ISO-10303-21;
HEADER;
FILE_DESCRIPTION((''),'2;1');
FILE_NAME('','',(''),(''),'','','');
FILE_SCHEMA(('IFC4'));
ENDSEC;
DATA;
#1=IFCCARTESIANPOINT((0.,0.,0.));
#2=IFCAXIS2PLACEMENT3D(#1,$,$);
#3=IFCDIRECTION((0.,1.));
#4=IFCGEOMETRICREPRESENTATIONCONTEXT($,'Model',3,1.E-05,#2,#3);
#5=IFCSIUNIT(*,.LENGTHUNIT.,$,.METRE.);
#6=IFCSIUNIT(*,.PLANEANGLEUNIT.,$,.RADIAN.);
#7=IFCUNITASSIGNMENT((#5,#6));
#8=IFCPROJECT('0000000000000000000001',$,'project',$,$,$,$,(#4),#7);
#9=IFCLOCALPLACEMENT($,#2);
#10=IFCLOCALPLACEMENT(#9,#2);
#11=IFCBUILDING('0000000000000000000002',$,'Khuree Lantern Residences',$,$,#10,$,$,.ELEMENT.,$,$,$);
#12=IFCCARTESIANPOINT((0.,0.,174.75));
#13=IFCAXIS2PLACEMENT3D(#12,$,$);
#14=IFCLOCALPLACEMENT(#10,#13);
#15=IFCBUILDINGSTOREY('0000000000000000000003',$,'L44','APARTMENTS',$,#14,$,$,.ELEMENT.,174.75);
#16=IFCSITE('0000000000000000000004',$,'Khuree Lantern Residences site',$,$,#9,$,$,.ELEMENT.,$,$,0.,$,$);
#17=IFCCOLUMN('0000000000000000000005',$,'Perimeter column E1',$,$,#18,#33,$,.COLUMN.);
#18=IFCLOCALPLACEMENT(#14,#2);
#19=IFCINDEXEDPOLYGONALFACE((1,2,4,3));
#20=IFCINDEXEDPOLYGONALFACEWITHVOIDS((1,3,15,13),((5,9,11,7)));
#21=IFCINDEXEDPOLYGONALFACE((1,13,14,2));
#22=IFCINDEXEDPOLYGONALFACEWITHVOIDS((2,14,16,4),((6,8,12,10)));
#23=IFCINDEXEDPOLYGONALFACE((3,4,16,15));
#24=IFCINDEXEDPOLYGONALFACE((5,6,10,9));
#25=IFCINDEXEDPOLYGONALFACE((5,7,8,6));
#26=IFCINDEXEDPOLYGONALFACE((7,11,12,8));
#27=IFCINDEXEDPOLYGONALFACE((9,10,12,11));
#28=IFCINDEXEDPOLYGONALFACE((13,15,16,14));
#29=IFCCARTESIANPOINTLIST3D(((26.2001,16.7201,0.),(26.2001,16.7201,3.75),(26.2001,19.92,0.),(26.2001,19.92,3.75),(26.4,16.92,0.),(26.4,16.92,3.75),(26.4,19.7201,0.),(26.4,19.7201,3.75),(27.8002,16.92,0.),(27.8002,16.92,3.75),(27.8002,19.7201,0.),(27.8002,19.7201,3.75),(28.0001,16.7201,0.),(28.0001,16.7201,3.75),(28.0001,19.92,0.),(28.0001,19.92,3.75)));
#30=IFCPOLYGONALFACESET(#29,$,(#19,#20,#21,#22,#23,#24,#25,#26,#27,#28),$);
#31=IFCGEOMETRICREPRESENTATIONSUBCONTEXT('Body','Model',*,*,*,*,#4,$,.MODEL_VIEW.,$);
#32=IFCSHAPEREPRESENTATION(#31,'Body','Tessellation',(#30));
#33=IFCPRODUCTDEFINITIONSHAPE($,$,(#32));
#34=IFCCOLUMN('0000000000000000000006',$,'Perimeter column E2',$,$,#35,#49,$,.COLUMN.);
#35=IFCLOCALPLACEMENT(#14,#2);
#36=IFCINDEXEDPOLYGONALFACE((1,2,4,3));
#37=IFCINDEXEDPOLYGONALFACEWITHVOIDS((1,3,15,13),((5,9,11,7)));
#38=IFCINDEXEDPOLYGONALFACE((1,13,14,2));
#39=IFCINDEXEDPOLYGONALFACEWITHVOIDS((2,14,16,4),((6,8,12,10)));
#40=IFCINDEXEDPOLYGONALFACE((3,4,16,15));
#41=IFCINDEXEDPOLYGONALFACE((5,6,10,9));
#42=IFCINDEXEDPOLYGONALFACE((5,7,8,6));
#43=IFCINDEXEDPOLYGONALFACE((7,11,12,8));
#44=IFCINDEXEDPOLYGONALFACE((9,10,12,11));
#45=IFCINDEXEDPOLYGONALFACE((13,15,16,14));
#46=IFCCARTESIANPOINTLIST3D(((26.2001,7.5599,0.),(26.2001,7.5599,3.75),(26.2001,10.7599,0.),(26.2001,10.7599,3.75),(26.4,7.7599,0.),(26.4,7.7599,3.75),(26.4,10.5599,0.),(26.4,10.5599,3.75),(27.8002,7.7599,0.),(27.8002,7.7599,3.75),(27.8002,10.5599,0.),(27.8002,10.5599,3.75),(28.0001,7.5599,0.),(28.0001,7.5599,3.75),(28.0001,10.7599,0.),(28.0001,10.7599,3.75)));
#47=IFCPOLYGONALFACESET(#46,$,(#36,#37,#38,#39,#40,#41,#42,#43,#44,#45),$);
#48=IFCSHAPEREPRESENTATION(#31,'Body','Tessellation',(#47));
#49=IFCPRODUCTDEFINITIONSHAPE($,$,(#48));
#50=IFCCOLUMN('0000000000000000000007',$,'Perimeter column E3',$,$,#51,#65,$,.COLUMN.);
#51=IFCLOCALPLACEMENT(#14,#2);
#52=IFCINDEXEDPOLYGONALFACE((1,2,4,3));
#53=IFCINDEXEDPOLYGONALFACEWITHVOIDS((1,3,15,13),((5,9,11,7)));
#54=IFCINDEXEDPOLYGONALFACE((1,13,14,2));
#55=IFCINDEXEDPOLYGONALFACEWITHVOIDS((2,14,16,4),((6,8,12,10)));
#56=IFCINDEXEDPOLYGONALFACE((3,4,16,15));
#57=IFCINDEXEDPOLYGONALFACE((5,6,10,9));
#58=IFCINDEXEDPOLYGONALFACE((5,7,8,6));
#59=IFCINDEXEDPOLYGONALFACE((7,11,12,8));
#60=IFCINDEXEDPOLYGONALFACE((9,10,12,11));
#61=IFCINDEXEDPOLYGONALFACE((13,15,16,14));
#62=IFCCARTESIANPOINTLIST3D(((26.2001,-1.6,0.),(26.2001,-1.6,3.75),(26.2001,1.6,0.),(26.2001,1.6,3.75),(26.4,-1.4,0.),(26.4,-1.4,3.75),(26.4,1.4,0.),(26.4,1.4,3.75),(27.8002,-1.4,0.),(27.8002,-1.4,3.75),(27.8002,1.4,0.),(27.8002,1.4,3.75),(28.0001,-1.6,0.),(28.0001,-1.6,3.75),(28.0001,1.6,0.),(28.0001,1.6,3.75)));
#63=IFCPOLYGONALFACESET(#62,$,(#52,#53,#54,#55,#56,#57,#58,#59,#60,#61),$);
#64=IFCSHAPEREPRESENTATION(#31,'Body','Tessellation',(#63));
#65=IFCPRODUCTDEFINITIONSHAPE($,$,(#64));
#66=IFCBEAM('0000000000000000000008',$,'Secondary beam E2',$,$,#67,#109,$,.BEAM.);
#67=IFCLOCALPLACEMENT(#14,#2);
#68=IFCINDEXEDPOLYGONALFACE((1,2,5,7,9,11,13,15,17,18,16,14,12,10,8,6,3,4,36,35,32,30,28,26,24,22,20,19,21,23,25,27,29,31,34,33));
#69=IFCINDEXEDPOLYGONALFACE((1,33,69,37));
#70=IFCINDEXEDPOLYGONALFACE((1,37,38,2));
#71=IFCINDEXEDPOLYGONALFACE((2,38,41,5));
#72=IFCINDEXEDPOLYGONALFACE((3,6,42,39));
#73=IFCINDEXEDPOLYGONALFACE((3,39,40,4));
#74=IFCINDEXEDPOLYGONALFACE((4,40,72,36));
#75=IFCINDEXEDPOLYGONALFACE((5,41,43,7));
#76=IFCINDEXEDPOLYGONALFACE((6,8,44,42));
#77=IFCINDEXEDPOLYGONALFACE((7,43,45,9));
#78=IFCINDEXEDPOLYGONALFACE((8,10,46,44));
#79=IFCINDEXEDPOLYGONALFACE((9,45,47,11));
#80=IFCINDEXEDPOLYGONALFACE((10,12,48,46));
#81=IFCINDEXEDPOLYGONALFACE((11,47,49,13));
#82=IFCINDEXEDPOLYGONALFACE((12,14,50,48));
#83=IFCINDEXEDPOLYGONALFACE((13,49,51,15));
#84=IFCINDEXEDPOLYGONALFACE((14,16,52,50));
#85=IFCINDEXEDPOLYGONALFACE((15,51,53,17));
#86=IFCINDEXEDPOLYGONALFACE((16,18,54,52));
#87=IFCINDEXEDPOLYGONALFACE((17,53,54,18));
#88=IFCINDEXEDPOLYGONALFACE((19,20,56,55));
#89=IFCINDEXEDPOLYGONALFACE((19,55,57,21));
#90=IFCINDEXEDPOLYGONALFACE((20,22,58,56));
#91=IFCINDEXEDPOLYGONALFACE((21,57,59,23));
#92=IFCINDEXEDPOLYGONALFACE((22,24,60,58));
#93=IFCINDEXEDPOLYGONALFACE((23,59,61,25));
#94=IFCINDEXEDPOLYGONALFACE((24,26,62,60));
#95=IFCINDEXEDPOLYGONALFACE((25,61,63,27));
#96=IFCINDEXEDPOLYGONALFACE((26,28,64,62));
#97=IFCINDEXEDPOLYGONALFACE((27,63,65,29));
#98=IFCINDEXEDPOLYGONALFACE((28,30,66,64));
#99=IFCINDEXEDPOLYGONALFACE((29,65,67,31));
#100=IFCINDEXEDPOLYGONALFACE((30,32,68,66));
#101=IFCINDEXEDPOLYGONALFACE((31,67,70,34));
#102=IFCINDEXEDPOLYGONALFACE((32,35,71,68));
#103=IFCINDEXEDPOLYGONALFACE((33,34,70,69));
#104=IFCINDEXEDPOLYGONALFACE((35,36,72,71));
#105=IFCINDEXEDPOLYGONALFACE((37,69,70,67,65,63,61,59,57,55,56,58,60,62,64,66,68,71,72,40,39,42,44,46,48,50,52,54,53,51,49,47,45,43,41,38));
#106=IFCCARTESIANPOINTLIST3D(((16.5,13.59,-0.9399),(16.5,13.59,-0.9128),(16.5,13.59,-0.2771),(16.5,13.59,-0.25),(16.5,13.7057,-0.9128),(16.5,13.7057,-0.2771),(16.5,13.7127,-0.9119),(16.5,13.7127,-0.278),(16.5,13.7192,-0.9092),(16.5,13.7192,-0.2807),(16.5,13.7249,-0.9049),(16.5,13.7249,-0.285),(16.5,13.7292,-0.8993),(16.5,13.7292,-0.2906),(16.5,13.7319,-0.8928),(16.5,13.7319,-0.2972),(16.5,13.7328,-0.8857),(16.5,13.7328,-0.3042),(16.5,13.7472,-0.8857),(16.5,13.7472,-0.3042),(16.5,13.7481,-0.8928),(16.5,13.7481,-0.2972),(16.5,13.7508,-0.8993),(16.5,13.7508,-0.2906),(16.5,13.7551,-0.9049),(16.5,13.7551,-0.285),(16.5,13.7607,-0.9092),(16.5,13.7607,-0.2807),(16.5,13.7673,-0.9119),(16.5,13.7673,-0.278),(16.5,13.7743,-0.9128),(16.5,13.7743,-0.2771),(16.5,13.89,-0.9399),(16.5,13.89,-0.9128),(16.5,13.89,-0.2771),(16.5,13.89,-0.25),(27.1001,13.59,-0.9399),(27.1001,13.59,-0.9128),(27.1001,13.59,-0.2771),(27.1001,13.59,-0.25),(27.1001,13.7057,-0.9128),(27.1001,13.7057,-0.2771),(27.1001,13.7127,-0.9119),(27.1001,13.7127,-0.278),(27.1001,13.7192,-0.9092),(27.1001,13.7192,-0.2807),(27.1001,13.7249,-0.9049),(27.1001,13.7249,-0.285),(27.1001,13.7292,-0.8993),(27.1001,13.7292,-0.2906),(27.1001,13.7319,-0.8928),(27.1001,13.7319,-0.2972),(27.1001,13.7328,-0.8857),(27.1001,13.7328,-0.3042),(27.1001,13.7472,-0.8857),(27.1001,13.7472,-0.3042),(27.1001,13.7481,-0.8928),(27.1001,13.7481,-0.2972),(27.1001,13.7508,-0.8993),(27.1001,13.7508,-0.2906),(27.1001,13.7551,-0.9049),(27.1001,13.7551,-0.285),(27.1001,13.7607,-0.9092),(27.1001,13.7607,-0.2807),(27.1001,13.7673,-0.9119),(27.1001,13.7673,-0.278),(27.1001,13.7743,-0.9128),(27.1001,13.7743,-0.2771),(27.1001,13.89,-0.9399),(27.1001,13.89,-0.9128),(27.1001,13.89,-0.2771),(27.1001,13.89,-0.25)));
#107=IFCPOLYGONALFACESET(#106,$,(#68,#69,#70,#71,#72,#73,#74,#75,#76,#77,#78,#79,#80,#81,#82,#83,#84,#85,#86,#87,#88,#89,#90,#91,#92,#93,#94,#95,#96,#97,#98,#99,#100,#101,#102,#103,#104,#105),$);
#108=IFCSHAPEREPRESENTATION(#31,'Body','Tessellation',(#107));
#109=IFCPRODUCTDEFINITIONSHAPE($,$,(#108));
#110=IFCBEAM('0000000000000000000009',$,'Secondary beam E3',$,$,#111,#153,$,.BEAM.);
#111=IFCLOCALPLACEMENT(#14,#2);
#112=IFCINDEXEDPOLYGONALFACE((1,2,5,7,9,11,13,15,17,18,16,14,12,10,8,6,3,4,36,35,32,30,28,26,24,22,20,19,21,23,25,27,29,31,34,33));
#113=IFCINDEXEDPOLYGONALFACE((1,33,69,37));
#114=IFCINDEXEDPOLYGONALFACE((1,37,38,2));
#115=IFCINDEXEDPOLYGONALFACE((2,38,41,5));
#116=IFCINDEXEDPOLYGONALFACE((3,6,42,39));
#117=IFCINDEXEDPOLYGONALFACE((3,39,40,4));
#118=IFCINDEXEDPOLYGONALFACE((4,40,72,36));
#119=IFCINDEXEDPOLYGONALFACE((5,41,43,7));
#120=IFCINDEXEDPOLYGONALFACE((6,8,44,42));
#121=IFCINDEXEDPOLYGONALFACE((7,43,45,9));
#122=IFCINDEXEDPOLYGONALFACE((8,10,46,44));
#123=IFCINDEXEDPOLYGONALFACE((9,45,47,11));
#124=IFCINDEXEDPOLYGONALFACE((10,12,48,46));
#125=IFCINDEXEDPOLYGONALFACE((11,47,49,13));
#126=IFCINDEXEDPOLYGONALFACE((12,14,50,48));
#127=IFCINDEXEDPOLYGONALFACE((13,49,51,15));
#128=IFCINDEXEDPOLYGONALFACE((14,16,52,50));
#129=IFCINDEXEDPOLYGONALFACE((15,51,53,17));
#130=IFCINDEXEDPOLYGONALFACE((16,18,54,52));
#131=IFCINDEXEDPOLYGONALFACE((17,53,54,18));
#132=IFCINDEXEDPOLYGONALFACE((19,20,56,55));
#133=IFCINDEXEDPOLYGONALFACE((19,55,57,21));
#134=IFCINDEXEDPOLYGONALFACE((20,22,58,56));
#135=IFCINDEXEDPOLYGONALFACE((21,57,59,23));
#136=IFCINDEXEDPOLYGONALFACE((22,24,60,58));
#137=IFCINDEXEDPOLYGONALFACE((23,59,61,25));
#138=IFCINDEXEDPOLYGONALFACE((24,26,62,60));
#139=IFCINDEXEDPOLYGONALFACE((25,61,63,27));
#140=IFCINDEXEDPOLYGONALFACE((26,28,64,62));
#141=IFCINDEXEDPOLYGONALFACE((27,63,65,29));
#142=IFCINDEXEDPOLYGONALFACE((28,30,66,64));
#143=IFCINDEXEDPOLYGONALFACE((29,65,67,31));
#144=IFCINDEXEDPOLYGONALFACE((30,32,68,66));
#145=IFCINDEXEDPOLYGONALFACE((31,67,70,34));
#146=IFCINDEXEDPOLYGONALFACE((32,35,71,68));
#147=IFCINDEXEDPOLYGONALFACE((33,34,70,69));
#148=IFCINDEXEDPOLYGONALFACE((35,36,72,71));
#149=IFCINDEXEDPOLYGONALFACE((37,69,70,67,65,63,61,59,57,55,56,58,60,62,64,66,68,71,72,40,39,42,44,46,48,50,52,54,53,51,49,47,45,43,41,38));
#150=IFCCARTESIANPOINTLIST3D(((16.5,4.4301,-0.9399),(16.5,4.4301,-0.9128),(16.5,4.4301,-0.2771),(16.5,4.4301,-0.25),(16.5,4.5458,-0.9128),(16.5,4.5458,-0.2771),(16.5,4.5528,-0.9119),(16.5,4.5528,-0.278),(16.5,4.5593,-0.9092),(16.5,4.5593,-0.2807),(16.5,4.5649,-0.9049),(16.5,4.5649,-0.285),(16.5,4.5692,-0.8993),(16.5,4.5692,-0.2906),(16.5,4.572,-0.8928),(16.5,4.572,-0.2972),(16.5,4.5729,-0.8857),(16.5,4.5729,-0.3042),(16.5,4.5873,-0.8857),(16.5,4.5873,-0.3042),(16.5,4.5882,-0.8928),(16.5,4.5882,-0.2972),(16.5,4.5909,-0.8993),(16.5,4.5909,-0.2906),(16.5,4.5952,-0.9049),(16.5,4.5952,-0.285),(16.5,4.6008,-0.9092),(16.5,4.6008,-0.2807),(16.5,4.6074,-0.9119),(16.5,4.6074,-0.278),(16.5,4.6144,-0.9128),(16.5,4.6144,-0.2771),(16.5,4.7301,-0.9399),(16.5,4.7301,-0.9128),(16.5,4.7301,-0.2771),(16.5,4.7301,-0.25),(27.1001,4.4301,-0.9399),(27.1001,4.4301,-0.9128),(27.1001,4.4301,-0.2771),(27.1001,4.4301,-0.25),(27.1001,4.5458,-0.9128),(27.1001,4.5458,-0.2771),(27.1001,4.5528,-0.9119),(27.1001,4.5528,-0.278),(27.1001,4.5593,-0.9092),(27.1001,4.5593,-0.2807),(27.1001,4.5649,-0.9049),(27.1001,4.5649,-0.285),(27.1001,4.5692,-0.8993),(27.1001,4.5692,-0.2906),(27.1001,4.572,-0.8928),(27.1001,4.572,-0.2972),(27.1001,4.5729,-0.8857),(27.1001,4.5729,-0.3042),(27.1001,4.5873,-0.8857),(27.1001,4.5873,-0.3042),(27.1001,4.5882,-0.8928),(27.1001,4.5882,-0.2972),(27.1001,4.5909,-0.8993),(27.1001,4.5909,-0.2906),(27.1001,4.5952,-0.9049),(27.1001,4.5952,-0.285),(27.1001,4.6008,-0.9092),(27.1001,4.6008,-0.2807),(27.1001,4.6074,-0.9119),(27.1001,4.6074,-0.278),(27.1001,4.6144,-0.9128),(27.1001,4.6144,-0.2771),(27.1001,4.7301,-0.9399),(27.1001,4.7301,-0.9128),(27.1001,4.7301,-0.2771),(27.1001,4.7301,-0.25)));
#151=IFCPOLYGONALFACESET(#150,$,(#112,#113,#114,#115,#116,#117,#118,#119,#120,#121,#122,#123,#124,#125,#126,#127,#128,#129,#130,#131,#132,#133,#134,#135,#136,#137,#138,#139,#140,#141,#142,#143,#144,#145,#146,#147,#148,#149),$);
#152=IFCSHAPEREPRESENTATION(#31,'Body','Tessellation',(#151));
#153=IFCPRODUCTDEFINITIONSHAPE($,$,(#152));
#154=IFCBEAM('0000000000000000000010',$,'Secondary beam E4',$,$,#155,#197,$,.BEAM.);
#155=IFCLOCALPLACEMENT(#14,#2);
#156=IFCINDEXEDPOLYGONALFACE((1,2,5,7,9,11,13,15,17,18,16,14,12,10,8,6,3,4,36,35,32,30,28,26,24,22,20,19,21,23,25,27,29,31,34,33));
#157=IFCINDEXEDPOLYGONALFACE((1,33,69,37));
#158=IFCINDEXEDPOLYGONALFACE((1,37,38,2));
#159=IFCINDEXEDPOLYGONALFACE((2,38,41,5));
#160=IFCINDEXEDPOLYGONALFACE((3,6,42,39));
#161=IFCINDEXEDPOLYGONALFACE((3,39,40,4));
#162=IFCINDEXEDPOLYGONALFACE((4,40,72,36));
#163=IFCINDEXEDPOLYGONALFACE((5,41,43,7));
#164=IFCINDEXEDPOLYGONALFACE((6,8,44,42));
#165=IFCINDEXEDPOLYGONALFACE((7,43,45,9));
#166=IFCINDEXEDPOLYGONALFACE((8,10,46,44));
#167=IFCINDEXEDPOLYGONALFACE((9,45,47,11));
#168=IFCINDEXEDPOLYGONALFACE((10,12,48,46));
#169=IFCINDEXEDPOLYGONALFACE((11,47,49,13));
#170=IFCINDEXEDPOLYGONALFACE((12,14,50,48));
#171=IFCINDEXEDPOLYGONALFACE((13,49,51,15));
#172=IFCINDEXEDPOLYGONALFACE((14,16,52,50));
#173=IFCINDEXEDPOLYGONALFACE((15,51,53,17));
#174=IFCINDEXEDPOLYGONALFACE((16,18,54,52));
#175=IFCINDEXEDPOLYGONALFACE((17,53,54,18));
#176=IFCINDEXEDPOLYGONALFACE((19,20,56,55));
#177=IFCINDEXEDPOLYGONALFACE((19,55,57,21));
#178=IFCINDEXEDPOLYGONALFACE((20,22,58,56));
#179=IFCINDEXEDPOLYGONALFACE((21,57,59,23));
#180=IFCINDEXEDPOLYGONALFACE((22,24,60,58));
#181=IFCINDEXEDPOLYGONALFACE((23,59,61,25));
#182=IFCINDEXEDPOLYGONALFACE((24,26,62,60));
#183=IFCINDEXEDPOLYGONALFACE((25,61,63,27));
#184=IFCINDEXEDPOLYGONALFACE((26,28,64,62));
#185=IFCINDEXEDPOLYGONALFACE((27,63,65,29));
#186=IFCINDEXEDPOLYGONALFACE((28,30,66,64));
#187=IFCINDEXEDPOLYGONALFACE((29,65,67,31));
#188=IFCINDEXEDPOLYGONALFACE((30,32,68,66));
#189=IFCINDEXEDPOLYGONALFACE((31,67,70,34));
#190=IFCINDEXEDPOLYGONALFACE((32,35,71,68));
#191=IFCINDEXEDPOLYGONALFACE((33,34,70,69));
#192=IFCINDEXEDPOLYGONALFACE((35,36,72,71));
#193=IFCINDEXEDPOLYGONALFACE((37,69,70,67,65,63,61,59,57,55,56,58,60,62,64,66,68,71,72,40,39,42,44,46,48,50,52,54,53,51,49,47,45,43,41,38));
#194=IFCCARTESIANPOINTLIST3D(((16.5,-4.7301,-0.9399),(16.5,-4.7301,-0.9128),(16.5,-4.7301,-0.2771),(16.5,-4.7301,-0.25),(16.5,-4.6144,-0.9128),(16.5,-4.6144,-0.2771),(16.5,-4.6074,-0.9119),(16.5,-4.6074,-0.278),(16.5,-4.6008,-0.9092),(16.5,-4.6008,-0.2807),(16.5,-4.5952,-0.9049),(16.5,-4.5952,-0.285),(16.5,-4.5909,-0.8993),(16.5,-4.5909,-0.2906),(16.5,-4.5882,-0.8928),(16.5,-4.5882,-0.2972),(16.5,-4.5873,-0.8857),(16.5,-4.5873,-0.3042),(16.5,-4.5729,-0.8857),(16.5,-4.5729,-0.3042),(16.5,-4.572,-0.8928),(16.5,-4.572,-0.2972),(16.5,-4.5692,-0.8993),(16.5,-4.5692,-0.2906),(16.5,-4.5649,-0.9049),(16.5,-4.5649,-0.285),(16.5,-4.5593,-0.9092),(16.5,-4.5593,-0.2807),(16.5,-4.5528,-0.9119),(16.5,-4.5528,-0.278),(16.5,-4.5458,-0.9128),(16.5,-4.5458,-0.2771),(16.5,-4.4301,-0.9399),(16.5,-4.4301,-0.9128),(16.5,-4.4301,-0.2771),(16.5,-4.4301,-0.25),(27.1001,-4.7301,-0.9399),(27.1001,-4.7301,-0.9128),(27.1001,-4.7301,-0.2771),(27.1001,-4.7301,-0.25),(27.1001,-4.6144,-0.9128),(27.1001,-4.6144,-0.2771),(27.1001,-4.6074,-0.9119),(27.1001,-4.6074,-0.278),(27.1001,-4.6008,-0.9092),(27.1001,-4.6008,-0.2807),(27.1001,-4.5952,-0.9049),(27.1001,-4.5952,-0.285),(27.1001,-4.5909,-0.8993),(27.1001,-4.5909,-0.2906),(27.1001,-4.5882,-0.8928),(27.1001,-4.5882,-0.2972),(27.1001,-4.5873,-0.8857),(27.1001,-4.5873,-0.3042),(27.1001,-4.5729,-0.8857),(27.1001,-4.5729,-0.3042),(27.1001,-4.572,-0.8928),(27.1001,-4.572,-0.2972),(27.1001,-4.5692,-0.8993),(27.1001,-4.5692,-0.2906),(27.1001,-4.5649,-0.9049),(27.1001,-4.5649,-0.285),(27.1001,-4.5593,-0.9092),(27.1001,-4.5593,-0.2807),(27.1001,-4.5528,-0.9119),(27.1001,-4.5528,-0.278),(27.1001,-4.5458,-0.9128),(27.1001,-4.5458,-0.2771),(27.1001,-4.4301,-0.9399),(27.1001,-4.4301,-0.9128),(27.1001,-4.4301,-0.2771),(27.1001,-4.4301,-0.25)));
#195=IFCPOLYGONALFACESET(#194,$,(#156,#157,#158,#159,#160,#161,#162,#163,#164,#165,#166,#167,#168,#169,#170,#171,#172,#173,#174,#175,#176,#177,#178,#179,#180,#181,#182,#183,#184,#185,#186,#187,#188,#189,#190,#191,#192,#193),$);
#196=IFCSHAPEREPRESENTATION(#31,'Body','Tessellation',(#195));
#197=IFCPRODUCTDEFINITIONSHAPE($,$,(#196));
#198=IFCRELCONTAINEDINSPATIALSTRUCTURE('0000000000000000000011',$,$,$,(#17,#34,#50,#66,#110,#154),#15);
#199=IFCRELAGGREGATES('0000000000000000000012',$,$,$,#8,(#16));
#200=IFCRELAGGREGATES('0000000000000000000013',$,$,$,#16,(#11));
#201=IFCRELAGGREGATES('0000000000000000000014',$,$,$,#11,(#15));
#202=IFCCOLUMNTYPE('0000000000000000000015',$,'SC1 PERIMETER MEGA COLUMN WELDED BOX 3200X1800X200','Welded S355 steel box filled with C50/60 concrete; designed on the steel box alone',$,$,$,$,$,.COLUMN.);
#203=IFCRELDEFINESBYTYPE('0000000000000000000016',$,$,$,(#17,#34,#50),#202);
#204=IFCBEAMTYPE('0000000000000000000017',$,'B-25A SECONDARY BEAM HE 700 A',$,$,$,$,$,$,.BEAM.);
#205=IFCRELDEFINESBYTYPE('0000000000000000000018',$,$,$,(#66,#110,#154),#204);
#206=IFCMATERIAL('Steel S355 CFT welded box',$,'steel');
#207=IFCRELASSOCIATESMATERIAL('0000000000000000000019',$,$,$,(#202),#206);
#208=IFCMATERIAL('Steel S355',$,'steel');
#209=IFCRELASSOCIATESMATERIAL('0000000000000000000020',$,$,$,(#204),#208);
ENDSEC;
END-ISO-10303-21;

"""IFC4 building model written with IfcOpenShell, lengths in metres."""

from ifc_helpers import new_model, si_unit, direction, frame, origin, origin_2d, place, context, subcontext, project, spatial, hollow_rectangle, i_section, extrude, material, material_profile, profile_set, type_object, element, save


model = new_model("IFC4")

# Units and contexts
model_context = context("Model", 3, precision=1e-05, world=origin(), true_north=direction((0.0, 1.0)))
body_context = subcontext(model_context, "Body", "Model", "MODEL_VIEW")
ifc_project = project(units=[si_unit("LENGTHUNIT", "METRE"), si_unit("PLANEANGLEUNIT", "RADIAN")], contexts=[model_context])

# Site, building, storey
site_placement = place(None, origin())
site = spatial("IfcSite", under=ifc_project, at=site_placement, Name="Khuree Lantern Residences site", CompositionType="ELEMENT", RefElevation=0.0)
building_placement = place(site_placement, origin())
building = spatial("IfcBuilding", under=site, at=building_placement, Name="Khuree Lantern Residences", CompositionType="ELEMENT")
storey_placement = place(building_placement, frame((0.0, 0.0, 174.75)))
storey = spatial("IfcBuildingStorey", under=building, at=storey_placement, Name="L44", Description="APARTMENTS", CompositionType="ELEMENT", Elevation=174.75)

# Columns
ifc_material_1 = material(Name="Steel S355 CFT welded box", Category="steel")
ifc_material_profile_1 = material_profile(ifc_material_1, hollow_rectangle(XDim=3.2, YDim=1.8, WallThickness=0.2, at=origin_2d()), Name="WELDED BOX 3200X1800X200")
ifc_profile_set_1 = profile_set([ifc_material_profile_1], Name="Steel S355 CFT welded box")
column_type = type_object("IfcColumnType", Name="SC1 PERIMETER MEGA COLUMN WELDED BOX 3200X1800X200", Description="Welded S355 steel box filled with C50/60 concrete; designed on the steel box alone", PredefinedType="COLUMN", material=ifc_profile_set_1)
for number, where, z_axis, x_axis, name in (
    (1, (27.1001, 18.3201, 0.0), (0.0, 0.0, 1.0), (0.0, 1.0, 0.0), "Perimeter column E1"),
    (2, (27.1001, 9.1599, 0.0), (0.0, 0.0, 1.0), (0.0, 1.0, 0.0), "Perimeter column E2"),
    (3, (27.1001, 0.0, 0.0), (0.0, 0.0, 1.0), (0.0, 1.0, 0.0), "Perimeter column E3"),
):
    element("IfcColumn", number, at=place(storey_placement, frame(where, z_axis=z_axis, x_axis=x_axis)), inside=storey, type_object=column_type, Name=name, PredefinedType="COLUMN", context=body_context, shape_type="SweptSolid", body=[
        extrude(hollow_rectangle(XDim=3.2, YDim=1.8, WallThickness=0.2, at=origin_2d()), origin(), (0.0, 0.0, 1.0), 3.75),
    ])

# Beams
ifc_material_2 = material(Name="Steel S355", Category="steel")
ifc_material_profile_2 = material_profile(ifc_material_2, i_section(OverallWidth=0.3, OverallDepth=0.6899, WebThickness=0.0144, FlangeThickness=0.0271, FilletRadius=0.0271, at=origin_2d()), Name="HE 700 A")
ifc_profile_set_2 = profile_set([ifc_material_profile_2], Name="Steel S355")
beam_type_1 = type_object("IfcBeamType", Name="B-25A SECONDARY BEAM HE 700 A", PredefinedType="BEAM", material=ifc_profile_set_2)
for number, where, z_axis, x_axis, name in (
    (4, (27.1001, 13.74, -0.595), (-1.0, 0.0, 0.0), (0.0, -1.0, 0.0), "Secondary beam E2"),
    (5, (27.1001, 4.5801, -0.595), (-1.0, 0.0, 0.0), (0.0, -1.0, 0.0), "Secondary beam E3"),
    (6, (27.1001, -4.5801, -0.595), (-1.0, 0.0, 0.0), (0.0, -1.0, 0.0), "Secondary beam E4"),
):
    element("IfcBeam", number, at=place(storey_placement, frame(where, z_axis=z_axis, x_axis=x_axis)), inside=storey, type_object=beam_type_1, Name=name, PredefinedType="BEAM", context=body_context, shape_type="SweptSolid", body=[
        extrude(i_section(OverallWidth=0.3, OverallDepth=0.6899, WebThickness=0.0144, FlangeThickness=0.0271, FilletRadius=0.0271, at=origin_2d()), origin(), (0.0, 0.0, 1.0), 10.6001),
    ])

save(model, "model.ifc")
